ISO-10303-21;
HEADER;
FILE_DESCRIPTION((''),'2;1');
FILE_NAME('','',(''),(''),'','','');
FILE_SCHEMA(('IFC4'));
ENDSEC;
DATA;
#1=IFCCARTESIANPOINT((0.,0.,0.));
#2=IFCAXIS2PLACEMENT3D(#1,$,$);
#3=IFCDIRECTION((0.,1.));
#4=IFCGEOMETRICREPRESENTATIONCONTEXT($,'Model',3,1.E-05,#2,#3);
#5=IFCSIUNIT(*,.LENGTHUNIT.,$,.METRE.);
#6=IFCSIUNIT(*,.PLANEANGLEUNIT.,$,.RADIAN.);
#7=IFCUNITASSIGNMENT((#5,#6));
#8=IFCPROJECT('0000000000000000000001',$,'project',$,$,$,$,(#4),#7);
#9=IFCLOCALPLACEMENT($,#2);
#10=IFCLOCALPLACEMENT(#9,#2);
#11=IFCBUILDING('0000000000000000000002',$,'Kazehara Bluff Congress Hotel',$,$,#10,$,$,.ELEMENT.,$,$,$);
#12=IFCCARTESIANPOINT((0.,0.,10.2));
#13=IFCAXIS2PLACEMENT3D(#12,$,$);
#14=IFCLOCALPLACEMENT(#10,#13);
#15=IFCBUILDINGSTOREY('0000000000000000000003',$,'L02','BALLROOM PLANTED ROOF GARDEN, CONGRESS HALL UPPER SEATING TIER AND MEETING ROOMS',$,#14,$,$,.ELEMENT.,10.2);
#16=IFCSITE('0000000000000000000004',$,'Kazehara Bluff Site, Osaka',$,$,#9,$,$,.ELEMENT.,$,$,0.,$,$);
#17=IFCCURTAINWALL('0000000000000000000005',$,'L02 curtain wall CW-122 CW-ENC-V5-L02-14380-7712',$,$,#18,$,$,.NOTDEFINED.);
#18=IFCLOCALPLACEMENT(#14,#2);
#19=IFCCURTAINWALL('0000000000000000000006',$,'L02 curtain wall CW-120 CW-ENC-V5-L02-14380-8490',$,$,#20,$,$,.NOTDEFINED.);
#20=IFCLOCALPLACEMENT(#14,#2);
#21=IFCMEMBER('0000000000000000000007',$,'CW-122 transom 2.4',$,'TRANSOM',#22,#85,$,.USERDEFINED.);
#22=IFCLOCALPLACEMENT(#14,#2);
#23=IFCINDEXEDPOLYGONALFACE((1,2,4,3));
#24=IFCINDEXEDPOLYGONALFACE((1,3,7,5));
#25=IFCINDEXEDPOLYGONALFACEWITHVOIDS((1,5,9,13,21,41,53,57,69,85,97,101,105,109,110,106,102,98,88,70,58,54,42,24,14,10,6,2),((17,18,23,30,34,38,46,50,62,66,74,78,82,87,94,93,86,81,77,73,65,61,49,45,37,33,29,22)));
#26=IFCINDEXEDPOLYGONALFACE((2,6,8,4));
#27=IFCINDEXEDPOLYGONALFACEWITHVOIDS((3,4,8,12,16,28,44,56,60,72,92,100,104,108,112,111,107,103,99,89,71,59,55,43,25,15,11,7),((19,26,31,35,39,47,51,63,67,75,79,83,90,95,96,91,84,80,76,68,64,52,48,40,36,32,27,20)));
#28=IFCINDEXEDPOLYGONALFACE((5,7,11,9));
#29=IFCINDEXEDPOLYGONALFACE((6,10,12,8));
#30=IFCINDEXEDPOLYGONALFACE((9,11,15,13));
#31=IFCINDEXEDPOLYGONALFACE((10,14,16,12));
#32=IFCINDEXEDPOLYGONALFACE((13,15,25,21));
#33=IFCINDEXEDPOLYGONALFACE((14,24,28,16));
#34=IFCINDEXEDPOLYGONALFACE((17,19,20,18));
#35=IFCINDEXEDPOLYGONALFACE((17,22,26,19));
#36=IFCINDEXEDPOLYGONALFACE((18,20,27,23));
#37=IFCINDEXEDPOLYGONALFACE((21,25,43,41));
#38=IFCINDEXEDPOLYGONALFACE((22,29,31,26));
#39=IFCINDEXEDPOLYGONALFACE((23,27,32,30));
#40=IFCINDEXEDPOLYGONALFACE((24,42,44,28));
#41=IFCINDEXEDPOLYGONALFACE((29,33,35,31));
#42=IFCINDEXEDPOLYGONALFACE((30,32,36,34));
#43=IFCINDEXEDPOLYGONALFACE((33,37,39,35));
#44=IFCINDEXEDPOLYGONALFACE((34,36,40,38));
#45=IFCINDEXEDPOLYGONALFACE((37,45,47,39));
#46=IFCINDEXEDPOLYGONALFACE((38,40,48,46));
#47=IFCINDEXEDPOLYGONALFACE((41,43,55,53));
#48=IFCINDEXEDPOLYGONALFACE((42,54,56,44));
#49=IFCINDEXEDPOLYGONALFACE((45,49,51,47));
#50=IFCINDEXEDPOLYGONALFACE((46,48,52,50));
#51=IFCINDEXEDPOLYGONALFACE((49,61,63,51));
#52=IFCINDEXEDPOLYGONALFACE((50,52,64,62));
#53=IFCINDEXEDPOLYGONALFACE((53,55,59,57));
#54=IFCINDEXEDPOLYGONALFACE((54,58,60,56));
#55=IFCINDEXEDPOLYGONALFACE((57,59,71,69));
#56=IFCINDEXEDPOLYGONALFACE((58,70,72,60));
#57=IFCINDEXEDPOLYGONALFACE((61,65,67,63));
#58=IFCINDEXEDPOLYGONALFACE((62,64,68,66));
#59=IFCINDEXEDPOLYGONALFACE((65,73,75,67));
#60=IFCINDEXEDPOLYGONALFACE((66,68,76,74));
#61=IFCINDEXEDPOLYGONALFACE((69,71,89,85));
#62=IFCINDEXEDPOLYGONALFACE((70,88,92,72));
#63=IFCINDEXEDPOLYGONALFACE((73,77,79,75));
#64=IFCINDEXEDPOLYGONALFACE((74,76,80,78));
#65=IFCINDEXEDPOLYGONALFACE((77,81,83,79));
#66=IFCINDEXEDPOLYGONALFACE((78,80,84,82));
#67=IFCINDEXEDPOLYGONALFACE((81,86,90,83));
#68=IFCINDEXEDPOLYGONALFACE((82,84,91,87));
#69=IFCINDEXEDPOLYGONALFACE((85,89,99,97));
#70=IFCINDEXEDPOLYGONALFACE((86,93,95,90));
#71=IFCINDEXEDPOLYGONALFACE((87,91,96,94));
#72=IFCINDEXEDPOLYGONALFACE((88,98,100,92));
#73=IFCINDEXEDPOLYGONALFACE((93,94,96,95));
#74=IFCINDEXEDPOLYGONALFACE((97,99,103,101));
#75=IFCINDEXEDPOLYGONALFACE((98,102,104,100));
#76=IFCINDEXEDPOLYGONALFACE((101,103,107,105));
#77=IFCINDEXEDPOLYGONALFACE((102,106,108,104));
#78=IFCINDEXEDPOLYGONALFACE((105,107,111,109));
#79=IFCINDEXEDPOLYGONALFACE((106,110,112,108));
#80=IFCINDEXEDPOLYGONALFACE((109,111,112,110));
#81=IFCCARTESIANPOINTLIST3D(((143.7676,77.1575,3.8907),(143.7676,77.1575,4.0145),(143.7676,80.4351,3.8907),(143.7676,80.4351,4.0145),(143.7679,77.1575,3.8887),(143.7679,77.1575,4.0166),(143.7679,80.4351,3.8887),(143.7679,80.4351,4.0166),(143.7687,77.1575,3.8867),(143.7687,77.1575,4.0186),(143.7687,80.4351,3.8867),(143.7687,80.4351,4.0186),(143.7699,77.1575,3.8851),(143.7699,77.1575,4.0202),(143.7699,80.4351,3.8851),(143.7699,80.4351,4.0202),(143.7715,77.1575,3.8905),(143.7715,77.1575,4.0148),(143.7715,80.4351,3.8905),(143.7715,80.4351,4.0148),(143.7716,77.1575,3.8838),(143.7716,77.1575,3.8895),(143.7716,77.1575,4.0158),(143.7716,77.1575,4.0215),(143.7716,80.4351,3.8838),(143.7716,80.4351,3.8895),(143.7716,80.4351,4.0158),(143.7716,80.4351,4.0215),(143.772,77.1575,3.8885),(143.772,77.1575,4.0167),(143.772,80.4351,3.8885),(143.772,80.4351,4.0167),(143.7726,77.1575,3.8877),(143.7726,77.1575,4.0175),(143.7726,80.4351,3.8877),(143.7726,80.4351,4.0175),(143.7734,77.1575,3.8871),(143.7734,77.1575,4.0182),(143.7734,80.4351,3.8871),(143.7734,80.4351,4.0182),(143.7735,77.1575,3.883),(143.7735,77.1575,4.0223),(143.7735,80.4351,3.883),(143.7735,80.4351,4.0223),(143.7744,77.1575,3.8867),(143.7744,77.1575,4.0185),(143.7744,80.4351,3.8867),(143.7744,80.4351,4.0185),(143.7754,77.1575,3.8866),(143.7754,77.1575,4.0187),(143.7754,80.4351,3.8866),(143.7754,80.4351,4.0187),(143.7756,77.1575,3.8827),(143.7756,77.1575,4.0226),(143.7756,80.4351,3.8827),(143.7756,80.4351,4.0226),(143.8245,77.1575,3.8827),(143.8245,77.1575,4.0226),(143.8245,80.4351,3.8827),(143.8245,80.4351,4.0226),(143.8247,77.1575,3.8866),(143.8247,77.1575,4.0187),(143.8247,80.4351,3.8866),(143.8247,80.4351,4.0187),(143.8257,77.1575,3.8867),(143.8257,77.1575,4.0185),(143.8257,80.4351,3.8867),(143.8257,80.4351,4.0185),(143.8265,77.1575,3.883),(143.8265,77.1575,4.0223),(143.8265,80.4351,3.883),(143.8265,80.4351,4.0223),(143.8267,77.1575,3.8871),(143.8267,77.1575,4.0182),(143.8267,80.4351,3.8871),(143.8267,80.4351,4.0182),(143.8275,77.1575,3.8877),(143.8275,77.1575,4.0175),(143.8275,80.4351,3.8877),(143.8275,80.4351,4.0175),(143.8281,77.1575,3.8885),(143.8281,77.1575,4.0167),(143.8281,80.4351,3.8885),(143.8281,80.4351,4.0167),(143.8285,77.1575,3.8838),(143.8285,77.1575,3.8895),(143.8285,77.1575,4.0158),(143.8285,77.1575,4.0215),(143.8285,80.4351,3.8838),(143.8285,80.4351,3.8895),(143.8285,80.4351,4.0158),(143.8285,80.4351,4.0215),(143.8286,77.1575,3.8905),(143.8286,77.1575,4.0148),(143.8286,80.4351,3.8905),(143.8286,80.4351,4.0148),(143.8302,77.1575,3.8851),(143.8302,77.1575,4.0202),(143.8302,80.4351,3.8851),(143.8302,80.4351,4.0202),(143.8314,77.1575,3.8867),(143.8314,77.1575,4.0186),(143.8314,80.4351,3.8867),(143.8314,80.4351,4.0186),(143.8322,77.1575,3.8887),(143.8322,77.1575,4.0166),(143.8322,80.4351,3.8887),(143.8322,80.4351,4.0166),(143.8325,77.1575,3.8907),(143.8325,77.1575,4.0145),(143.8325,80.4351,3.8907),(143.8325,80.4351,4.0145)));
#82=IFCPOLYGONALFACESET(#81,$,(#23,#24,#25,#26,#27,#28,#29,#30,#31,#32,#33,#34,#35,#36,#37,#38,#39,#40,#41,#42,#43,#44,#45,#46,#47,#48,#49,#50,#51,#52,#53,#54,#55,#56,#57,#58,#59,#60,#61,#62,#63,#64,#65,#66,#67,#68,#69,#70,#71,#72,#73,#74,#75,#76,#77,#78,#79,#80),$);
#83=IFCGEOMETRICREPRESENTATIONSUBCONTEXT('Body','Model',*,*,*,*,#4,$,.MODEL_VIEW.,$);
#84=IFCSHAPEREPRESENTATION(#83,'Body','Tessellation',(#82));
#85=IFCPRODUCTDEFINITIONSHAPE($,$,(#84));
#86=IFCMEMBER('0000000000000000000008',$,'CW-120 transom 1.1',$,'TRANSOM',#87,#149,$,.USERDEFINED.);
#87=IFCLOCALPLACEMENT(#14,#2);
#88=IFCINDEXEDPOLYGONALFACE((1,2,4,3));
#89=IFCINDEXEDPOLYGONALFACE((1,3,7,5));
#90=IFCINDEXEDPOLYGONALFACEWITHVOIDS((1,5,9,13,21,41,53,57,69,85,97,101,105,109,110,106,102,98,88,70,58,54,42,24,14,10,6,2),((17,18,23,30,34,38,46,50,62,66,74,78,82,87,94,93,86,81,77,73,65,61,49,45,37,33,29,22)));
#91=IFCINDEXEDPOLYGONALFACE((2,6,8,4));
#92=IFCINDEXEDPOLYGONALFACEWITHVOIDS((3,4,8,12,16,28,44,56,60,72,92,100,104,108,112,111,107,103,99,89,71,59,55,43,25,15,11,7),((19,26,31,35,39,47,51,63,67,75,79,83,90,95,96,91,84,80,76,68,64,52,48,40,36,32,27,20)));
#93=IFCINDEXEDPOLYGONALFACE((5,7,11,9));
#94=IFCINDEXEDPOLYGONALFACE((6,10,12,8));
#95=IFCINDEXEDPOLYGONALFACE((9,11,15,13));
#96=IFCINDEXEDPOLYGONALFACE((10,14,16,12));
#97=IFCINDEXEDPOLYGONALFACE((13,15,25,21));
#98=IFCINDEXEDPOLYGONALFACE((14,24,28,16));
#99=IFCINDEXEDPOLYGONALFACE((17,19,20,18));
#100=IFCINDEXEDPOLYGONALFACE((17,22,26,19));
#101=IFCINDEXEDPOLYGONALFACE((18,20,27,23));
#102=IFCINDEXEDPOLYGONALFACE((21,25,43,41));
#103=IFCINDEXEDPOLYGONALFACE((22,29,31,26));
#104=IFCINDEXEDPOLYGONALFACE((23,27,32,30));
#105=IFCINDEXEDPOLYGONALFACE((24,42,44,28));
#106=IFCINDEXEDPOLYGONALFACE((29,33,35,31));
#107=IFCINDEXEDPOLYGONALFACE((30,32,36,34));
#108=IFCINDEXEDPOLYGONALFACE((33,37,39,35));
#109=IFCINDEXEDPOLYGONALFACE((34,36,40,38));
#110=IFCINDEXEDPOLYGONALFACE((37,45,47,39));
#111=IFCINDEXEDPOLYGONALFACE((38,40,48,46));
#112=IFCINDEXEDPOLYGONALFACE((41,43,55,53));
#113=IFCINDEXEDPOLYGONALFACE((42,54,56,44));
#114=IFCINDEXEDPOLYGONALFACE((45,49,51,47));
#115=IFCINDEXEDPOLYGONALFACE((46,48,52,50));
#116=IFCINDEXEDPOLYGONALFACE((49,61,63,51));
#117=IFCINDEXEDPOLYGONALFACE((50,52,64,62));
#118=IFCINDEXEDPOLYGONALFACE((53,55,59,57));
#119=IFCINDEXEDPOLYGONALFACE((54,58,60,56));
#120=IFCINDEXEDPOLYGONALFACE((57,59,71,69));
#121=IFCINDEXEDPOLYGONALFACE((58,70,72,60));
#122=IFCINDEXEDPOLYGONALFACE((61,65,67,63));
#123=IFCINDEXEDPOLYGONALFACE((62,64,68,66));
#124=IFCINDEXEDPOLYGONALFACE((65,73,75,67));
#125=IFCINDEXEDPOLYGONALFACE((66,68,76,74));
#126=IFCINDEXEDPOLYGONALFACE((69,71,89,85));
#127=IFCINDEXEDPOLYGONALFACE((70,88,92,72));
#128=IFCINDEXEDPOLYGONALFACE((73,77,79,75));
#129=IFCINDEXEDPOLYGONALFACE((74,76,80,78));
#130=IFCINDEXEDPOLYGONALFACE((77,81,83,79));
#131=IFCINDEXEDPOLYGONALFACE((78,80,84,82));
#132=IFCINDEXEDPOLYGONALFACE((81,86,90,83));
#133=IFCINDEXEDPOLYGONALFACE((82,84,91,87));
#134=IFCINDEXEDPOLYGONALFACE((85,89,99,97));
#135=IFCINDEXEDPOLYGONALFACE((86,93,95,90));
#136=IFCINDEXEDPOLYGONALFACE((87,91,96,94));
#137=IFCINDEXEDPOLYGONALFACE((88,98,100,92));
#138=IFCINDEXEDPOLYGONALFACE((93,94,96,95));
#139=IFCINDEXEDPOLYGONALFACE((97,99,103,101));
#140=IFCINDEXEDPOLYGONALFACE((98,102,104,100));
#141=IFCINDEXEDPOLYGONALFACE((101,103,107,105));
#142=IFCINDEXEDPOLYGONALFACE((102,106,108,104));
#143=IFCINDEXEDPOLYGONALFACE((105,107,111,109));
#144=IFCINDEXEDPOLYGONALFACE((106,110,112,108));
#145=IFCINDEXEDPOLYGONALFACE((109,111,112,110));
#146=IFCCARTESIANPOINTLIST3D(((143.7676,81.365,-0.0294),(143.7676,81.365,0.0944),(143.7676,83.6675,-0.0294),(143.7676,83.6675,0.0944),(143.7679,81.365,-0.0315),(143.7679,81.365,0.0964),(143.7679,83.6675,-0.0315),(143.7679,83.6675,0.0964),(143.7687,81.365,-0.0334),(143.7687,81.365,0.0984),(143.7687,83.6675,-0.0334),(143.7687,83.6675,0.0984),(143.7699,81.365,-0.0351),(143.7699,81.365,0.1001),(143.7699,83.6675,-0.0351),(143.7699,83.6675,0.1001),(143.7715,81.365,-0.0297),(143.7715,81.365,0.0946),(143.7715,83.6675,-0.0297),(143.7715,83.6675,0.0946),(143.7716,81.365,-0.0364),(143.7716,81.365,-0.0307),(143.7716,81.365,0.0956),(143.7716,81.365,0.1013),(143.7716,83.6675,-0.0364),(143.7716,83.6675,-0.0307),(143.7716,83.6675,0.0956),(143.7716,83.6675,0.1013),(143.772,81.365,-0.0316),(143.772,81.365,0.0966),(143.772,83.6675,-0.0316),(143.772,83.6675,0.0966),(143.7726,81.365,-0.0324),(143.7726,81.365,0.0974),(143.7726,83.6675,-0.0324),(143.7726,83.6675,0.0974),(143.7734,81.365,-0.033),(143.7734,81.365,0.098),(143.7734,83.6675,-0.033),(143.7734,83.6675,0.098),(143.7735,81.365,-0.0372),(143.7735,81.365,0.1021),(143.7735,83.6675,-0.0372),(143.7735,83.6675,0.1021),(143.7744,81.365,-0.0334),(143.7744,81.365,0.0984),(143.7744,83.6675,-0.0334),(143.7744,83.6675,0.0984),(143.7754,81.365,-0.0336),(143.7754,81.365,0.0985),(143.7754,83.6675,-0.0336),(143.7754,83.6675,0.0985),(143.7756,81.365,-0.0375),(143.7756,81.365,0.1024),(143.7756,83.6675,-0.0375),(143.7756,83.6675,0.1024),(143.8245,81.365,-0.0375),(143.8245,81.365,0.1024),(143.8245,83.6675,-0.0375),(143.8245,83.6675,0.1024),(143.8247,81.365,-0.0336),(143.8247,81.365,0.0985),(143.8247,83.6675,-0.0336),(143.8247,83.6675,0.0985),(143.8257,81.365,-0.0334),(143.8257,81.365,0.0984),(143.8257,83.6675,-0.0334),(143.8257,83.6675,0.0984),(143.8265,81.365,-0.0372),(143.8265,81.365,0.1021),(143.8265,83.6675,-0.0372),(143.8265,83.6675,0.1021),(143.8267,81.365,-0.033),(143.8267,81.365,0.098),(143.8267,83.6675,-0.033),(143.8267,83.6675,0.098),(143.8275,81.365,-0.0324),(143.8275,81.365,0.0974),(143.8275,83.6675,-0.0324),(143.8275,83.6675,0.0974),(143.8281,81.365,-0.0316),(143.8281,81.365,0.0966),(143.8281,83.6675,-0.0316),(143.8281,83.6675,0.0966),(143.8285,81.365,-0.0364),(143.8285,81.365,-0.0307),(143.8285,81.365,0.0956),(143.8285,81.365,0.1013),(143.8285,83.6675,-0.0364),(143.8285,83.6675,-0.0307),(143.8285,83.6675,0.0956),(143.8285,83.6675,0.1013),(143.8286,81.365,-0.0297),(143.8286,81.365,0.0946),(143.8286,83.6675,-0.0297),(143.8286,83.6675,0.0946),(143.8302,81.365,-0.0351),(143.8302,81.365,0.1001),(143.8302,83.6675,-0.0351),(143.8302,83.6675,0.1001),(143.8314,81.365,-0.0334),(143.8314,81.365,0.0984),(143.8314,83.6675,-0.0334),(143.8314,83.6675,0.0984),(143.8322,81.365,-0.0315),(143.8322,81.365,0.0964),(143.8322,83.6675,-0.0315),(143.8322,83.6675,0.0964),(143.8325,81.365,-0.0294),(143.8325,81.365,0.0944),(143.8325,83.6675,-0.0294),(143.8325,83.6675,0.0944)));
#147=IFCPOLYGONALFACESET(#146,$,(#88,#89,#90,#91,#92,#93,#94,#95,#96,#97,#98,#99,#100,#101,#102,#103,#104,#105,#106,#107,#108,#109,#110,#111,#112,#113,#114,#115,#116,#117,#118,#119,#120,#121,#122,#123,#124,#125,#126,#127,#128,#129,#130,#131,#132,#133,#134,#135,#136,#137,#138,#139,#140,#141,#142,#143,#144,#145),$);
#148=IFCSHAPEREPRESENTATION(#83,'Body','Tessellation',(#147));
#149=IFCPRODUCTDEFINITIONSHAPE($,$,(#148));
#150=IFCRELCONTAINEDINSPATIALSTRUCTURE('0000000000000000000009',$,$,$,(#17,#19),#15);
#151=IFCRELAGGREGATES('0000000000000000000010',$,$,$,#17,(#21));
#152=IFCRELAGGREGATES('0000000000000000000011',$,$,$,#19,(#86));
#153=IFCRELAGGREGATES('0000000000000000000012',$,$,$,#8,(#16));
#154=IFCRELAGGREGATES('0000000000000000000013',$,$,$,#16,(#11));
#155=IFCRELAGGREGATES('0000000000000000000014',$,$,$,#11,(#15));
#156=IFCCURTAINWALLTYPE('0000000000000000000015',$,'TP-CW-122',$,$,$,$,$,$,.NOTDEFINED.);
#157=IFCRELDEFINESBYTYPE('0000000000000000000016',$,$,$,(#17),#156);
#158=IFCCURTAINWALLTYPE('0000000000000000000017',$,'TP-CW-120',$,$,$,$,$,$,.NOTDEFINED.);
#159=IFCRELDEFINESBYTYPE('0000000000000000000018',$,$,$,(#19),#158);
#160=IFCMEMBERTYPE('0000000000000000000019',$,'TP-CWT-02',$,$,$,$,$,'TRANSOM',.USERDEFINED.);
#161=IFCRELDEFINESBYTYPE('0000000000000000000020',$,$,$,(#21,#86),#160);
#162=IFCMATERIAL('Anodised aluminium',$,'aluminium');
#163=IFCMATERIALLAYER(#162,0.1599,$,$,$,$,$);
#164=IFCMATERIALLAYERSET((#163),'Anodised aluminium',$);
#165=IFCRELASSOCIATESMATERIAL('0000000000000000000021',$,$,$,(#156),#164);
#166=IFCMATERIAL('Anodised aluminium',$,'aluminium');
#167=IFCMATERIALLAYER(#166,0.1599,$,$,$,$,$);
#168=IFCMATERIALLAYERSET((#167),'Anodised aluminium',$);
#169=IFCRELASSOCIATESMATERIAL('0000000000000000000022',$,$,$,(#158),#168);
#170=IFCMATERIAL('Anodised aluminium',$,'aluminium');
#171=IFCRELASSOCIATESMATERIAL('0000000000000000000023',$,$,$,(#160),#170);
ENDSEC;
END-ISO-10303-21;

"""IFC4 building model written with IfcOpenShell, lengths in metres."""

from ifc_helpers import new_model, si_unit, direction, frame, origin, origin_2d, place, context, subcontext, project, spatial, hollow_rectangle, extrude, material, layer, layer_set, material_profile, profile_set, type_object, element, aggregate, save


model = new_model("IFC4")

# Units and contexts
model_context = context("Model", 3, precision=1e-05, world=origin(), true_north=direction((0.0, 1.0)))
body_context = subcontext(model_context, "Body", "Model", "MODEL_VIEW")
ifc_project = project(units=[si_unit("LENGTHUNIT", "METRE"), si_unit("PLANEANGLEUNIT", "RADIAN")], contexts=[model_context])

# Site, building, storey
site_placement = place(None, origin())
site = spatial("IfcSite", under=ifc_project, at=site_placement, Name="Kazehara Bluff Site, Osaka", CompositionType="ELEMENT", RefElevation=0.0)
building_placement = place(site_placement, origin())
building = spatial("IfcBuilding", under=site, at=building_placement, Name="Kazehara Bluff Congress Hotel", CompositionType="ELEMENT")
storey_placement = place(building_placement, frame((0.0, 0.0, 10.2)))
storey = spatial("IfcBuildingStorey", under=building, at=storey_placement, Name="L02", Description="BALLROOM PLANTED ROOF GARDEN, CONGRESS HALL UPPER SEATING TIER AND MEETING ROOMS", CompositionType="ELEMENT", Elevation=10.2)

# Curtain wall
ifc_material_1 = material(Name="Anodised aluminium", Category="aluminium")
ifc_layer_1 = layer(ifc_material_1, 0.1599)
ifc_layer_set_1 = layer_set([ifc_layer_1], Name="Anodised aluminium")
curtain_wall_type_1 = type_object("IfcCurtainWallType", Name="TP-CW-122", PredefinedType="NOTDEFINED", material=ifc_layer_set_1)
curtain_wall_1_placement = place(storey_placement, origin())
curtain_wall_1 = element("IfcCurtainWall", 1, at=curtain_wall_1_placement, inside=storey, type_object=curtain_wall_type_1, Name="L02 curtain wall CW-122 CW-ENC-V5-L02-14380-7712", PredefinedType="NOTDEFINED")

# Curtain wall
ifc_material_2 = material(Name="Anodised aluminium", Category="aluminium")
ifc_layer_2 = layer(ifc_material_2, 0.1599)
ifc_layer_set_2 = layer_set([ifc_layer_2], Name="Anodised aluminium")
curtain_wall_type_2 = type_object("IfcCurtainWallType", Name="TP-CW-120", PredefinedType="NOTDEFINED", material=ifc_layer_set_2)
curtain_wall_2_placement = place(storey_placement, origin())
curtain_wall_2 = element("IfcCurtainWall", 2, at=curtain_wall_2_placement, inside=storey, type_object=curtain_wall_type_2, Name="L02 curtain wall CW-120 CW-ENC-V5-L02-14380-8490", PredefinedType="NOTDEFINED")

# Members
ifc_material_3 = material(Name="Anodised aluminium", Category="aluminium")
ifc_material_profile_1 = material_profile(ifc_material_3, hollow_rectangle(XDim=0.0649, YDim=0.1399, WallThickness=0.0039, InnerFilletRadius=0.0039, OuterFilletRadius=0.0081, at=origin_2d()))
ifc_profile_set_1 = profile_set([ifc_material_profile_1], Name="Anodised aluminium")
member_type_1 = type_object("IfcMemberType", Name="TP-CWT-02", ElementType="TRANSOM", PredefinedType="USERDEFINED", material=ifc_profile_set_1)
member_1_placement = place(storey_placement, frame((143.8, 77.1575, 3.9526), z_axis=(0.0, 1.0, 0.0), x_axis=(-1.0, 0.0, 0.0)))
member_1 = element("IfcMember", 3, at=member_1_placement, type_object=member_type_1, Name="CW-122 transom 2.4", ObjectType="TRANSOM", PredefinedType="USERDEFINED", context=body_context, shape_type="SweptSolid", body=[
    extrude(hollow_rectangle(XDim=0.0649, YDim=0.1399, WallThickness=0.0039, InnerFilletRadius=0.0039, OuterFilletRadius=0.0081, at=origin_2d()), origin(), (0.0, 0.0, 1.0), 3.2776),
])
member_2_placement = place(storey_placement, frame((143.8, 81.365, 0.0325), z_axis=(0.0, 1.0, 0.0), x_axis=(-1.0, 0.0, 0.0)))
member_2 = element("IfcMember", 4, at=member_2_placement, type_object=member_type_1, Name="CW-120 transom 1.1", ObjectType="TRANSOM", PredefinedType="USERDEFINED", context=body_context, shape_type="SweptSolid", body=[
    extrude(hollow_rectangle(XDim=0.0649, YDim=0.1399, WallThickness=0.0039, InnerFilletRadius=0.0039, OuterFilletRadius=0.0081, at=origin_2d()), origin(), (0.0, 0.0, 1.0), 2.3025),
])

aggregate(curtain_wall_1, [member_1])
aggregate(curtain_wall_2, [member_2])

save(model, "model.ifc")
